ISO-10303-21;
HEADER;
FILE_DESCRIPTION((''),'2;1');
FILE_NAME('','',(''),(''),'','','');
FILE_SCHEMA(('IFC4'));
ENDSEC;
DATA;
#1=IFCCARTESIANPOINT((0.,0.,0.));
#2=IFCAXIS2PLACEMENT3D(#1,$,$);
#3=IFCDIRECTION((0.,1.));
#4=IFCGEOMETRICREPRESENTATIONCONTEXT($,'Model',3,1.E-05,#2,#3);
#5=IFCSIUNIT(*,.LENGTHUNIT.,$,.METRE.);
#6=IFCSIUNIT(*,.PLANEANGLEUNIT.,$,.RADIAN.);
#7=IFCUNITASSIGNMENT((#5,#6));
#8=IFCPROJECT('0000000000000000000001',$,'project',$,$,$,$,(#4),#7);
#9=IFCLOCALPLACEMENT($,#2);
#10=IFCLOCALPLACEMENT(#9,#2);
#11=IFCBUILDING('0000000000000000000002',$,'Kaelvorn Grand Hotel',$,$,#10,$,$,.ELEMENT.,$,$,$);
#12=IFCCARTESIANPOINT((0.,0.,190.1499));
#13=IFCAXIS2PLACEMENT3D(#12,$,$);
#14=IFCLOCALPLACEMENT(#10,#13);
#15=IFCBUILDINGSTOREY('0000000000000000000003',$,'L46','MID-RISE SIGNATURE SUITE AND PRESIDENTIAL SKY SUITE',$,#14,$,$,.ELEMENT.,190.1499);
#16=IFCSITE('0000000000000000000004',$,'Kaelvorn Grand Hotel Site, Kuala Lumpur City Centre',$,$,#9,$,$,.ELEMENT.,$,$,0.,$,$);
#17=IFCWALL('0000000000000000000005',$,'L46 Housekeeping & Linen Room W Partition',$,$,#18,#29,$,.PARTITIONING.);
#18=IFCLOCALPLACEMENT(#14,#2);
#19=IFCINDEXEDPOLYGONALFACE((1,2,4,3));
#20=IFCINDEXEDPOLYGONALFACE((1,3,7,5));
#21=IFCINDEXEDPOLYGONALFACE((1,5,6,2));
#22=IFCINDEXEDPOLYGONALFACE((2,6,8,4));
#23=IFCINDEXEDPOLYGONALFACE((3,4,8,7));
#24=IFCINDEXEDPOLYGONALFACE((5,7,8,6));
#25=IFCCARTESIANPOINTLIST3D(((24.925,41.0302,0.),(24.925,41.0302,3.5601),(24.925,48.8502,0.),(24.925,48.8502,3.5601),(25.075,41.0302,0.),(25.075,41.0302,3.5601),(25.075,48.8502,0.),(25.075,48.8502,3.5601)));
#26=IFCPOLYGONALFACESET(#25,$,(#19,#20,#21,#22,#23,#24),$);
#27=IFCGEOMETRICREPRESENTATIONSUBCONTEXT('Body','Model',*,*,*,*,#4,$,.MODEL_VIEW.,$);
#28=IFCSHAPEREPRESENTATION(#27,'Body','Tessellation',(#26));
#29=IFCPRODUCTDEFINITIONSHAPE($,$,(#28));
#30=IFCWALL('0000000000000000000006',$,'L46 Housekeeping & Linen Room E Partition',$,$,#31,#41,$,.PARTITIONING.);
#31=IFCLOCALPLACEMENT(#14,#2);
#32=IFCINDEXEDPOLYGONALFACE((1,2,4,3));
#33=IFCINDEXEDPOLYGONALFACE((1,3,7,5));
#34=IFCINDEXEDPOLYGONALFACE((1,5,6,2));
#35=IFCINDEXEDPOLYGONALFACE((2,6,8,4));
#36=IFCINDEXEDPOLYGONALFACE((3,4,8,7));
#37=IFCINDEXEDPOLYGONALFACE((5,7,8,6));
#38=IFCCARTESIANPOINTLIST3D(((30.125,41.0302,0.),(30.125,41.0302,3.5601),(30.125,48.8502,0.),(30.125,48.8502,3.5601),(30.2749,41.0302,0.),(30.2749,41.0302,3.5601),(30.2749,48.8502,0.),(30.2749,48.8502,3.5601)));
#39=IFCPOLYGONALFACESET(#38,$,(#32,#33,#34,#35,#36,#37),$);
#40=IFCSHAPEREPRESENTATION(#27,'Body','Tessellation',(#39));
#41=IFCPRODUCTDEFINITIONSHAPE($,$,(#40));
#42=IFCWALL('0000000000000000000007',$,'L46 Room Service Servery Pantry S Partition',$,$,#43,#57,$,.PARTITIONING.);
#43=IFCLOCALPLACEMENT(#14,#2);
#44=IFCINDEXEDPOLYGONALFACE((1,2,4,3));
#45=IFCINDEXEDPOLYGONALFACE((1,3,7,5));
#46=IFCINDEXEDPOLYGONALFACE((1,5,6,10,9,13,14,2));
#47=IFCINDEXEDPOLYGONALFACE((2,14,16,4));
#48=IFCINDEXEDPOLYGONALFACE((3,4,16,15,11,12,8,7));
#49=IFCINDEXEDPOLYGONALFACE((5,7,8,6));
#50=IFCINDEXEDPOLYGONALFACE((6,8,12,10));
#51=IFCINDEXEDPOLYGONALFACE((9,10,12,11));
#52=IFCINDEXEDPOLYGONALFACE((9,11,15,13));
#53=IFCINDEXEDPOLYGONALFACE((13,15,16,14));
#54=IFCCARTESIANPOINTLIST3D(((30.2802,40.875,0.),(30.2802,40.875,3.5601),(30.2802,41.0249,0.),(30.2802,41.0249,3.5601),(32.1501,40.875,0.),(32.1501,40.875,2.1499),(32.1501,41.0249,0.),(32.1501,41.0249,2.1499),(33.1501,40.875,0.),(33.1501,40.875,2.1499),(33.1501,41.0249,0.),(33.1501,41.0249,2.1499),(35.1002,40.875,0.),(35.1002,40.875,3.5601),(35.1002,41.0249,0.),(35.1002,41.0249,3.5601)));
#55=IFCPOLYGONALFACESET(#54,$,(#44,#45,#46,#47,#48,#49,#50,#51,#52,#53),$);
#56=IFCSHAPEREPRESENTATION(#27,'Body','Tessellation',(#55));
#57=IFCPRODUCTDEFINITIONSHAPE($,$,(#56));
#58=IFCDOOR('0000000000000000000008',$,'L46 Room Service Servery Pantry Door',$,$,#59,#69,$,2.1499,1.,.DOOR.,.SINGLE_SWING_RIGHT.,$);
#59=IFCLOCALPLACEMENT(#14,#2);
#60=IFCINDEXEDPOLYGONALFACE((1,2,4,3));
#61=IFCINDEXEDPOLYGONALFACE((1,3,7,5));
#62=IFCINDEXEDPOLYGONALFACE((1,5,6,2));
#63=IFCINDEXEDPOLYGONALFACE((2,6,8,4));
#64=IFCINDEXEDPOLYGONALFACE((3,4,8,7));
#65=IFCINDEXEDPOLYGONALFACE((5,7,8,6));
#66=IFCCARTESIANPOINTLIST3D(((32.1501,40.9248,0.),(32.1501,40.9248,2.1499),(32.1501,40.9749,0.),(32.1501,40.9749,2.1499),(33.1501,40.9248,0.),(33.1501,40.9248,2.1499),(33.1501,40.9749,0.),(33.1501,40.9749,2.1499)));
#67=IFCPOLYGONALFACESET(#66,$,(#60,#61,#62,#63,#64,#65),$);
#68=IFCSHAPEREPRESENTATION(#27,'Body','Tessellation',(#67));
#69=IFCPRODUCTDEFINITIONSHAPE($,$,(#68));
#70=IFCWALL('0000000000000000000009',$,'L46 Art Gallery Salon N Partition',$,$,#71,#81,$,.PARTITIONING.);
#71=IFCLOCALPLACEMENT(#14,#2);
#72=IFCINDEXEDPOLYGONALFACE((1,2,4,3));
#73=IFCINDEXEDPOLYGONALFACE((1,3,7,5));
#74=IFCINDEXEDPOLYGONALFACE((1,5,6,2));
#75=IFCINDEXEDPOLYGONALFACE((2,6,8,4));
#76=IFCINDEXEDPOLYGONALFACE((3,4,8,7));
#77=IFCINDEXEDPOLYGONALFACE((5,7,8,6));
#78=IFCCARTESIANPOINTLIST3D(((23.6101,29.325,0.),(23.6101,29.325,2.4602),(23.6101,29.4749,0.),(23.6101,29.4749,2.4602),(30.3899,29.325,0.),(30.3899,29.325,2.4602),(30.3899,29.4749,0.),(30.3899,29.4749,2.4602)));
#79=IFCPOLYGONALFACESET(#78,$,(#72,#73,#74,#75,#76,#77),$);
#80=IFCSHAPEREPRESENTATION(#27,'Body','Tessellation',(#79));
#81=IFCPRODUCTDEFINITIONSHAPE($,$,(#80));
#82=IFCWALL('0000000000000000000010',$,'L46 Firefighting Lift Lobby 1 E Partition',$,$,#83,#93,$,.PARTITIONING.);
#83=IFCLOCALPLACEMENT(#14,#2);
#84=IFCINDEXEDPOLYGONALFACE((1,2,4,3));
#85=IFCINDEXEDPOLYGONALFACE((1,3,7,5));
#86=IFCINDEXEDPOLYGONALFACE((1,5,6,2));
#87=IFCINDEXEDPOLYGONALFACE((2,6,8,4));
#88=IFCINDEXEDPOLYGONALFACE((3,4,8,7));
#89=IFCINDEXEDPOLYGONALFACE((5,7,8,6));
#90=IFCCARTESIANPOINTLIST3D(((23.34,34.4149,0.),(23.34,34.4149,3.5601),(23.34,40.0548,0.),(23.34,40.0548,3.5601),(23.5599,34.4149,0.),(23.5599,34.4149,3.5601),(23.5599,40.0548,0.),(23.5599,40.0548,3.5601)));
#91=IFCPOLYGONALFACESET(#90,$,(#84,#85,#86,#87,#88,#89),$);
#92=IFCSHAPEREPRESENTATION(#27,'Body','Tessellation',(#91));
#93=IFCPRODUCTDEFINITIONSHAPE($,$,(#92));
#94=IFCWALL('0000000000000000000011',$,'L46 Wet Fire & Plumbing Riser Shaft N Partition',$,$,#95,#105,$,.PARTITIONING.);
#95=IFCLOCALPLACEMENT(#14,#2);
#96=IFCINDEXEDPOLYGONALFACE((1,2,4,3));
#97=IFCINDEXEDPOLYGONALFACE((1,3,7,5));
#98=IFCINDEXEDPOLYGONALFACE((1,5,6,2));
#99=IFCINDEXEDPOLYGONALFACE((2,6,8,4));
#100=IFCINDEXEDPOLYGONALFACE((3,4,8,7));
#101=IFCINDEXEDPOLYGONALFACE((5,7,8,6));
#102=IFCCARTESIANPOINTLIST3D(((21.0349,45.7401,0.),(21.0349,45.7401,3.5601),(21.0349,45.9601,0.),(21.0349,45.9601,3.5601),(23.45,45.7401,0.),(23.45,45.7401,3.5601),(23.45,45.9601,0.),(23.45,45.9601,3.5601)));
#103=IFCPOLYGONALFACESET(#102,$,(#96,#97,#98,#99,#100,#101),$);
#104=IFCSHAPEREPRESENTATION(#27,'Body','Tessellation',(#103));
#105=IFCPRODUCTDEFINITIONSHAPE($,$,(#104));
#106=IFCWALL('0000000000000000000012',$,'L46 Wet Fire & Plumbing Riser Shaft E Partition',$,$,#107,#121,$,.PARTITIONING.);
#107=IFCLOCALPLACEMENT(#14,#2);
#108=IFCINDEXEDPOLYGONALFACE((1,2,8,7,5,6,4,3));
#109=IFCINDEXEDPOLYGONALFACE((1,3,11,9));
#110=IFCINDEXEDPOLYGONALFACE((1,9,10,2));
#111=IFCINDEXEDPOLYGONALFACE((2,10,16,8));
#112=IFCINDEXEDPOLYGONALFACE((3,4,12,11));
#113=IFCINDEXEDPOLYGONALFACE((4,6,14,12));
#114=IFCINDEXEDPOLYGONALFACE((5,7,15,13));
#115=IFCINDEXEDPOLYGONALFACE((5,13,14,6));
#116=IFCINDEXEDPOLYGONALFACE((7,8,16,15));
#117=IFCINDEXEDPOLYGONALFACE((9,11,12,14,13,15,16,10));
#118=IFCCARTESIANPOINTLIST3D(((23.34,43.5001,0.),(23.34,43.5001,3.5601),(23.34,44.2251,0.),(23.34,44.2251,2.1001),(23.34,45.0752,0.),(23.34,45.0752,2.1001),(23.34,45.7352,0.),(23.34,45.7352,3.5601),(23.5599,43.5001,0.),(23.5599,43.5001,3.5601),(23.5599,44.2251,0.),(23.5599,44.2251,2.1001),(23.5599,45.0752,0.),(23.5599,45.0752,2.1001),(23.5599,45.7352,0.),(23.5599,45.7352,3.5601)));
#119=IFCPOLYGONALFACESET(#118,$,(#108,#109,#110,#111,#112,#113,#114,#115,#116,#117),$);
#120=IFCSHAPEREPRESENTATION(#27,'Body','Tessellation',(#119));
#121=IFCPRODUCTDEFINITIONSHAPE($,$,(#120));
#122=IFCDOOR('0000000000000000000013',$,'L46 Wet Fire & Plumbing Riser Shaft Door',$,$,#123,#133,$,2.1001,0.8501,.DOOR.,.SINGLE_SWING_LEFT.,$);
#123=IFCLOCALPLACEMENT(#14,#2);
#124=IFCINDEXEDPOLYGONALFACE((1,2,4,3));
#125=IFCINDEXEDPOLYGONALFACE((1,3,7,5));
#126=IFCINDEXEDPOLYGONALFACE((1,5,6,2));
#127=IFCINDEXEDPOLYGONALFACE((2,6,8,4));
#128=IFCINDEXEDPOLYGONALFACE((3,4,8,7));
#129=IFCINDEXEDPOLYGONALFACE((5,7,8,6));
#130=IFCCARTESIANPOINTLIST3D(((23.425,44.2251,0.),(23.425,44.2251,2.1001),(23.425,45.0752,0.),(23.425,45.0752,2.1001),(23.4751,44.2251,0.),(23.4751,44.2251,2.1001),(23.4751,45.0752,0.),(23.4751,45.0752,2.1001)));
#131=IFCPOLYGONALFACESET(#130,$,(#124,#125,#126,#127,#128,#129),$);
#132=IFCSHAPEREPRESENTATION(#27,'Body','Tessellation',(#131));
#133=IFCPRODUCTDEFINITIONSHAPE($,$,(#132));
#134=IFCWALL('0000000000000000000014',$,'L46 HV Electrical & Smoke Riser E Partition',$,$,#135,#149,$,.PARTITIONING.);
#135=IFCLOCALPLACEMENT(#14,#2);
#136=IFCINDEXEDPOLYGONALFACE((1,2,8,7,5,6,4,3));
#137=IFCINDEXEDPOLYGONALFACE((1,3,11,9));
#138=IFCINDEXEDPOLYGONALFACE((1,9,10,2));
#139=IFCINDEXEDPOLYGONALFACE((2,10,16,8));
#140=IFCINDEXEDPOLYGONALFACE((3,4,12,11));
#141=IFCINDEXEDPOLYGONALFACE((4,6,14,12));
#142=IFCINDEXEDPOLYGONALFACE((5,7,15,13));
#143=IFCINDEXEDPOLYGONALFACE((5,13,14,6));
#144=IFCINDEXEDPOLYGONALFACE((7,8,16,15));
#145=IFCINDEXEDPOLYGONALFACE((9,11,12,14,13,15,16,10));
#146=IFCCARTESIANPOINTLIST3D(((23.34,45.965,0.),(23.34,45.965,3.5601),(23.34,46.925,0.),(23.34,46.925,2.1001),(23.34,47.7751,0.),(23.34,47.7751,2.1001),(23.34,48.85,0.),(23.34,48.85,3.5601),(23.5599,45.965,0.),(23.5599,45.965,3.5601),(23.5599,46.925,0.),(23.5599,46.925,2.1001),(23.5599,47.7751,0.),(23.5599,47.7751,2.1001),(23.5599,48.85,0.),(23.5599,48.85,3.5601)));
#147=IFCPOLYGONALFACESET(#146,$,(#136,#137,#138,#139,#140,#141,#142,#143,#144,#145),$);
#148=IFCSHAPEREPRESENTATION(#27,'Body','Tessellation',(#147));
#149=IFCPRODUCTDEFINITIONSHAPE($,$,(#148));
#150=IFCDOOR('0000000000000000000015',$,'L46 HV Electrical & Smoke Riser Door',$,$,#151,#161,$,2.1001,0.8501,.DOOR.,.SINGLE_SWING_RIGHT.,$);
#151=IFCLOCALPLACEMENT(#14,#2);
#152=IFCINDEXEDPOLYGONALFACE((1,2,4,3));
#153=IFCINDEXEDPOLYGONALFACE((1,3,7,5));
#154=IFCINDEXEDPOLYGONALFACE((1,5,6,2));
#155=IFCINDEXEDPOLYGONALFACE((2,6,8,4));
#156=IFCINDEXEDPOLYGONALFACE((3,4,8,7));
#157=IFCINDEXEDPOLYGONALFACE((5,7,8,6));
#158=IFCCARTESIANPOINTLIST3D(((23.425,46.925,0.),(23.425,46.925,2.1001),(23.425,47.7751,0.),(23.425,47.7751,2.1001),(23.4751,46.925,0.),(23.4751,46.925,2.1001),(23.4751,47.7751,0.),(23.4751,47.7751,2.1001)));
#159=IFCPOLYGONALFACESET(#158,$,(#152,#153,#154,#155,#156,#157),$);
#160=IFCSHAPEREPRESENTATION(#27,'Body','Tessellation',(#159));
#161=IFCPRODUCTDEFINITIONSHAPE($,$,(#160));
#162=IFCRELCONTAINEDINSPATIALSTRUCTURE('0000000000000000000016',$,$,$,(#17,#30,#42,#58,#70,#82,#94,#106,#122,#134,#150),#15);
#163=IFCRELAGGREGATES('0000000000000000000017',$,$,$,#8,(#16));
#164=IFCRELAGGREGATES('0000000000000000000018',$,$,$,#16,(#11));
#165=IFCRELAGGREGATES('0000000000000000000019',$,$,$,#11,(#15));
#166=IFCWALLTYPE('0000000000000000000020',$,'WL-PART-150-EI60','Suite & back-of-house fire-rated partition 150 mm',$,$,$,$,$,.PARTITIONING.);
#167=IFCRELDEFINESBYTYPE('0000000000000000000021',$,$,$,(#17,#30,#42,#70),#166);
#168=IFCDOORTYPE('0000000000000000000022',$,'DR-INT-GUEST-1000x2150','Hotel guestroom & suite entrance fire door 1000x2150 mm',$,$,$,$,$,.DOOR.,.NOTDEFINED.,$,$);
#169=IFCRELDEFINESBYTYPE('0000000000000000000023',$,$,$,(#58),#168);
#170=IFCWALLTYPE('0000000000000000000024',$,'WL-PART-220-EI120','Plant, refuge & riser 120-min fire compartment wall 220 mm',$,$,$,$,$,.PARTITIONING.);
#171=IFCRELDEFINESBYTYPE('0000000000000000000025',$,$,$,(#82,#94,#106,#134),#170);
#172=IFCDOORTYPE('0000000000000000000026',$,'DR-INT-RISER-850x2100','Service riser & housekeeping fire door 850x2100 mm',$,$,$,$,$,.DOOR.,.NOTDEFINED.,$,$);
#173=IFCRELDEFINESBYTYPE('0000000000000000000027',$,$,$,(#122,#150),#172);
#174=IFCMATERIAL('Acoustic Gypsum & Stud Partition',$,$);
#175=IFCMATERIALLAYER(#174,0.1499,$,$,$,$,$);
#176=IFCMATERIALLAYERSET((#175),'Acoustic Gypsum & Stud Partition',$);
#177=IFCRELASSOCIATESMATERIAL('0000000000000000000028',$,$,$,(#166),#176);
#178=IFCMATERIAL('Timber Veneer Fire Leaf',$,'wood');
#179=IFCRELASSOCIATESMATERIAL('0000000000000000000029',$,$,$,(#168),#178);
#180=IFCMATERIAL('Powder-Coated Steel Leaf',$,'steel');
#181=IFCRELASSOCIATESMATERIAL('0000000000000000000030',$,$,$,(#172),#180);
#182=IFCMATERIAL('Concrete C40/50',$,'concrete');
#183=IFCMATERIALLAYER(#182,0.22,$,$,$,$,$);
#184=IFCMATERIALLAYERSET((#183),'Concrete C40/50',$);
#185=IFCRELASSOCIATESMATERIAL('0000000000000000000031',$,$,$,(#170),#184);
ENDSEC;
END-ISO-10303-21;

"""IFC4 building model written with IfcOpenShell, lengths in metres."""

from ifc_helpers import new_model, si_unit, direction, frame, frame_2d, origin, place, context, subcontext, project, spatial, rectangle, extrude, material, layer, layer_set, type_object, element, fill, save


model = new_model("IFC4")

# Units and contexts
model_context = context("Model", 3, precision=1e-05, world=origin(), true_north=direction((0.0, 1.0)))
body_context = subcontext(model_context, "Body", "Model", "MODEL_VIEW")
ifc_project = project(units=[si_unit("LENGTHUNIT", "METRE"), si_unit("PLANEANGLEUNIT", "RADIAN")], contexts=[model_context])

# Site, building, storey
site_placement = place(None, origin())
site = spatial("IfcSite", under=ifc_project, at=site_placement, Name="Kaelvorn Grand Hotel Site, Kuala Lumpur City Centre", CompositionType="ELEMENT", RefElevation=0.0)
building_placement = place(site_placement, origin())
building = spatial("IfcBuilding", under=site, at=building_placement, Name="Kaelvorn Grand Hotel", CompositionType="ELEMENT")
storey_placement = place(building_placement, frame((0.0, 0.0, 190.1499)))
storey = spatial("IfcBuildingStorey", under=building, at=storey_placement, Name="L46", Description="MID-RISE SIGNATURE SUITE AND PRESIDENTIAL SKY SUITE", CompositionType="ELEMENT", Elevation=190.1499)

# Shared definitions
ifc_material_1 = material(Name="Acoustic Gypsum & Stud Partition")
ifc_layer_1 = layer(ifc_material_1, 0.1499)
ifc_layer_set_1 = layer_set([ifc_layer_1], Name="Acoustic Gypsum & Stud Partition")
wall_type_1 = type_object("IfcWallType", Name="WL-PART-150-EI60", Description="Suite & back-of-house fire-rated partition 150 mm", PredefinedType="PARTITIONING", material=ifc_layer_set_1)
ifc_material_2 = material(Name="Timber Veneer Fire Leaf", Category="wood")
door_type_1 = type_object("IfcDoorType", Name="DR-INT-GUEST-1000x2150", Description="Hotel guestroom & suite entrance fire door 1000x2150 mm", OperationType="NOTDEFINED", PredefinedType="DOOR", material=ifc_material_2)

# Shared definitions
ifc_material_3 = material(Name="Powder-Coated Steel Leaf", Category="steel")
door_type_2 = type_object("IfcDoorType", Name="DR-INT-RISER-850x2100", Description="Service riser & housekeeping fire door 850x2100 mm", OperationType="NOTDEFINED", PredefinedType="DOOR", material=ifc_material_3)

# Walls
for number, where, z_axis, x_axis, name in (
    (1, (25.0, 41.03, 0.0), (0.0, 0.0, 1.0), (0.0, 1.0, 0.0), "L46 Housekeeping & Linen Room W Partition"),
    (2, (30.2, 41.03, 0.0), (0.0, 0.0, 1.0), (0.0, 1.0, 0.0), "L46 Housekeeping & Linen Room E Partition"),
):
    element("IfcWall", number, at=place(storey_placement, frame(where, z_axis=z_axis, x_axis=x_axis)), inside=storey, type_object=wall_type_1, Name=name, PredefinedType="PARTITIONING", context=body_context, shape_type="SweptSolid", body=[
        extrude(rectangle(XDim=7.8201, YDim=0.1499, at=frame_2d((3.9102, 0.0))), origin(), (0.0, 0.0, 1.0), 3.5601),
    ])

# Wall, opening, door
wall_1_placement = place(storey_placement, frame((30.28, 40.95, 0.0), z_axis=(0.0, 0.0, 1.0), x_axis=(1.0, 0.0, 0.0)))
wall_1 = element("IfcWall", 3, at=wall_1_placement, inside=storey, type_object=wall_type_1, Name="L46 Room Service Servery Pantry S Partition", PredefinedType="PARTITIONING", context=body_context, shape_type="SweptSolid", body=[
    extrude(rectangle(XDim=4.8201, YDim=0.1499, at=frame_2d((2.4102, 0.0))), origin(), (0.0, 0.0, 1.0), 3.5601),
])
opening_1_placement = place(wall_1_placement, frame((1.8701, 0.0, 0.0)))
opening_1 = element("IfcOpeningElement", 4, at=opening_1_placement, cuts=wall_1, PredefinedType="OPENING", context=body_context, shape_type="SweptSolid", body=[
    extrude(rectangle(XDim=1.0, YDim=2.1499, at=frame_2d((0.5, 1.075))), frame((0.0, 0.085, 0.0), z_axis=(0.0, -1.0, 0.0), x_axis=(1.0, 0.0, 0.0)), (0.0, 0.0, 1.0), 0.1699),
])
door_1_placement = place(opening_1_placement, origin())
door_1 = element("IfcDoor", 5, at=door_1_placement, inside=storey, type_object=door_type_1, Name="L46 Room Service Servery Pantry Door", OperationType="SINGLE_SWING_RIGHT", OverallHeight=2.1499, OverallWidth=1.0, PredefinedType="DOOR", context=body_context, shape_type="SweptSolid", body=[
    extrude(rectangle(XDim=1.0, YDim=2.1499, at=frame_2d((0.5, 1.075))), frame((0.0, 0.0249, 0.0), z_axis=(0.0, -1.0, 0.0), x_axis=(1.0, 0.0, 0.0)), (0.0, 0.0, 1.0), 0.05),
])
fill(opening_1, door_1)

# Walls
wall_2_placement = place(storey_placement, frame((23.6101, 29.3999, 0.0), z_axis=(0.0, 0.0, 1.0), x_axis=(1.0, 0.0, 0.0)))
element("IfcWall", 6, at=wall_2_placement, inside=storey, type_object=wall_type_1, Name="L46 Art Gallery Salon N Partition", PredefinedType="PARTITIONING", context=body_context, shape_type="SweptSolid", body=[
    extrude(rectangle(XDim=6.7798, YDim=0.1499, at=frame_2d((3.3899, 0.0))), origin(), (0.0, 0.0, 1.0), 2.4602),
])
ifc_material_4 = material(Name="Concrete C40/50", Category="concrete")
ifc_layer_2 = layer(ifc_material_4, 0.22)
ifc_layer_set_2 = layer_set([ifc_layer_2], Name="Concrete C40/50")
wall_type_2 = type_object("IfcWallType", Name="WL-PART-220-EI120", Description="Plant, refuge & riser 120-min fire compartment wall 220 mm", PredefinedType="PARTITIONING", material=ifc_layer_set_2)
wall_3_placement = place(storey_placement, frame((23.45, 34.415, 0.0), z_axis=(0.0, 0.0, 1.0), x_axis=(0.0, 1.0, 0.0)))
element("IfcWall", 7, at=wall_3_placement, inside=storey, type_object=wall_type_2, Name="L46 Firefighting Lift Lobby 1 E Partition", PredefinedType="PARTITIONING", context=body_context, shape_type="SweptSolid", body=[
    extrude(rectangle(XDim=5.6399, YDim=0.22, at=frame_2d((2.8198, 0.0))), origin(), (0.0, 0.0, 1.0), 3.5601),
])
wall_4_placement = place(storey_placement, frame((21.0349, 45.8501, 0.0), z_axis=(0.0, 0.0, 1.0), x_axis=(1.0, 0.0, 0.0)))
element("IfcWall", 8, at=wall_4_placement, inside=storey, type_object=wall_type_2, Name="L46 Wet Fire & Plumbing Riser Shaft N Partition", PredefinedType="PARTITIONING", context=body_context, shape_type="SweptSolid", body=[
    extrude(rectangle(XDim=2.415, YDim=0.22, at=frame_2d((1.2075, 0.0))), origin(), (0.0, 0.0, 1.0), 3.5601),
])

# Walls, openings, doors
wall_5_placement = place(storey_placement, frame((23.45, 43.5, 0.0), z_axis=(0.0, 0.0, 1.0), x_axis=(0.0, 1.0, 0.0)))
wall_5 = element("IfcWall", 9, at=wall_5_placement, inside=storey, type_object=wall_type_2, Name="L46 Wet Fire & Plumbing Riser Shaft E Partition", PredefinedType="PARTITIONING", context=body_context, shape_type="SweptSolid", body=[
    extrude(rectangle(XDim=2.2351, YDim=0.22, at=frame_2d((1.1177, 0.0))), origin(), (0.0, 0.0, 1.0), 3.5601),
])
opening_2_placement = place(wall_5_placement, frame((0.7251, 0.0, 0.0)))
opening_2 = element("IfcOpeningElement", 10, at=opening_2_placement, cuts=wall_5, PredefinedType="OPENING", context=body_context, shape_type="SweptSolid", body=[
    extrude(rectangle(XDim=0.8501, YDim=2.1001, at=frame_2d((0.425, 1.05))), frame((0.0, 0.1201, 0.0), z_axis=(0.0, -1.0, 0.0), x_axis=(1.0, 0.0, 0.0)), (0.0, 0.0, 1.0), 0.24),
])
door_2_placement = place(opening_2_placement, origin())
door_2 = element("IfcDoor", 11, at=door_2_placement, inside=storey, type_object=door_type_2, Name="L46 Wet Fire & Plumbing Riser Shaft Door", OperationType="SINGLE_SWING_LEFT", OverallHeight=2.1001, OverallWidth=0.8501, PredefinedType="DOOR", context=body_context, shape_type="SweptSolid", body=[
    extrude(rectangle(XDim=0.8501, YDim=2.1001, at=frame_2d((0.425, 1.05))), frame((0.0, 0.0249, 0.0), z_axis=(0.0, -1.0, 0.0), x_axis=(1.0, 0.0, 0.0)), (0.0, 0.0, 1.0), 0.05),
])
fill(opening_2, door_2)
wall_6_placement = place(storey_placement, frame((23.45, 45.9651, 0.0), z_axis=(0.0, 0.0, 1.0), x_axis=(0.0, 1.0, 0.0)))
wall_6 = element("IfcWall", 12, at=wall_6_placement, inside=storey, type_object=wall_type_2, Name="L46 HV Electrical & Smoke Riser E Partition", PredefinedType="PARTITIONING", context=body_context, shape_type="SweptSolid", body=[
    extrude(rectangle(XDim=2.885, YDim=0.22, at=frame_2d((1.4424, 0.0))), origin(), (0.0, 0.0, 1.0), 3.5601),
])
opening_3_placement = place(wall_6_placement, frame((0.96, 0.0, 0.0)))
opening_3 = element("IfcOpeningElement", 13, at=opening_3_placement, cuts=wall_6, PredefinedType="OPENING", context=body_context, shape_type="SweptSolid", body=[
    extrude(rectangle(XDim=0.8501, YDim=2.1001, at=frame_2d((0.425, 1.05))), frame((0.0, 0.1201, 0.0), z_axis=(0.0, -1.0, 0.0), x_axis=(1.0, 0.0, 0.0)), (0.0, 0.0, 1.0), 0.24),
])
door_3_placement = place(opening_3_placement, origin())
door_3 = element("IfcDoor", 14, at=door_3_placement, inside=storey, type_object=door_type_2, Name="L46 HV Electrical & Smoke Riser Door", OperationType="SINGLE_SWING_RIGHT", OverallHeight=2.1001, OverallWidth=0.8501, PredefinedType="DOOR", context=body_context, shape_type="SweptSolid", body=[
    extrude(rectangle(XDim=0.8501, YDim=2.1001, at=frame_2d((0.425, 1.05))), frame((0.0, 0.0249, 0.0), z_axis=(0.0, -1.0, 0.0), x_axis=(1.0, 0.0, 0.0)), (0.0, 0.0, 1.0), 0.05),
])
fill(opening_3, door_3)

save(model, "model.ifc")
